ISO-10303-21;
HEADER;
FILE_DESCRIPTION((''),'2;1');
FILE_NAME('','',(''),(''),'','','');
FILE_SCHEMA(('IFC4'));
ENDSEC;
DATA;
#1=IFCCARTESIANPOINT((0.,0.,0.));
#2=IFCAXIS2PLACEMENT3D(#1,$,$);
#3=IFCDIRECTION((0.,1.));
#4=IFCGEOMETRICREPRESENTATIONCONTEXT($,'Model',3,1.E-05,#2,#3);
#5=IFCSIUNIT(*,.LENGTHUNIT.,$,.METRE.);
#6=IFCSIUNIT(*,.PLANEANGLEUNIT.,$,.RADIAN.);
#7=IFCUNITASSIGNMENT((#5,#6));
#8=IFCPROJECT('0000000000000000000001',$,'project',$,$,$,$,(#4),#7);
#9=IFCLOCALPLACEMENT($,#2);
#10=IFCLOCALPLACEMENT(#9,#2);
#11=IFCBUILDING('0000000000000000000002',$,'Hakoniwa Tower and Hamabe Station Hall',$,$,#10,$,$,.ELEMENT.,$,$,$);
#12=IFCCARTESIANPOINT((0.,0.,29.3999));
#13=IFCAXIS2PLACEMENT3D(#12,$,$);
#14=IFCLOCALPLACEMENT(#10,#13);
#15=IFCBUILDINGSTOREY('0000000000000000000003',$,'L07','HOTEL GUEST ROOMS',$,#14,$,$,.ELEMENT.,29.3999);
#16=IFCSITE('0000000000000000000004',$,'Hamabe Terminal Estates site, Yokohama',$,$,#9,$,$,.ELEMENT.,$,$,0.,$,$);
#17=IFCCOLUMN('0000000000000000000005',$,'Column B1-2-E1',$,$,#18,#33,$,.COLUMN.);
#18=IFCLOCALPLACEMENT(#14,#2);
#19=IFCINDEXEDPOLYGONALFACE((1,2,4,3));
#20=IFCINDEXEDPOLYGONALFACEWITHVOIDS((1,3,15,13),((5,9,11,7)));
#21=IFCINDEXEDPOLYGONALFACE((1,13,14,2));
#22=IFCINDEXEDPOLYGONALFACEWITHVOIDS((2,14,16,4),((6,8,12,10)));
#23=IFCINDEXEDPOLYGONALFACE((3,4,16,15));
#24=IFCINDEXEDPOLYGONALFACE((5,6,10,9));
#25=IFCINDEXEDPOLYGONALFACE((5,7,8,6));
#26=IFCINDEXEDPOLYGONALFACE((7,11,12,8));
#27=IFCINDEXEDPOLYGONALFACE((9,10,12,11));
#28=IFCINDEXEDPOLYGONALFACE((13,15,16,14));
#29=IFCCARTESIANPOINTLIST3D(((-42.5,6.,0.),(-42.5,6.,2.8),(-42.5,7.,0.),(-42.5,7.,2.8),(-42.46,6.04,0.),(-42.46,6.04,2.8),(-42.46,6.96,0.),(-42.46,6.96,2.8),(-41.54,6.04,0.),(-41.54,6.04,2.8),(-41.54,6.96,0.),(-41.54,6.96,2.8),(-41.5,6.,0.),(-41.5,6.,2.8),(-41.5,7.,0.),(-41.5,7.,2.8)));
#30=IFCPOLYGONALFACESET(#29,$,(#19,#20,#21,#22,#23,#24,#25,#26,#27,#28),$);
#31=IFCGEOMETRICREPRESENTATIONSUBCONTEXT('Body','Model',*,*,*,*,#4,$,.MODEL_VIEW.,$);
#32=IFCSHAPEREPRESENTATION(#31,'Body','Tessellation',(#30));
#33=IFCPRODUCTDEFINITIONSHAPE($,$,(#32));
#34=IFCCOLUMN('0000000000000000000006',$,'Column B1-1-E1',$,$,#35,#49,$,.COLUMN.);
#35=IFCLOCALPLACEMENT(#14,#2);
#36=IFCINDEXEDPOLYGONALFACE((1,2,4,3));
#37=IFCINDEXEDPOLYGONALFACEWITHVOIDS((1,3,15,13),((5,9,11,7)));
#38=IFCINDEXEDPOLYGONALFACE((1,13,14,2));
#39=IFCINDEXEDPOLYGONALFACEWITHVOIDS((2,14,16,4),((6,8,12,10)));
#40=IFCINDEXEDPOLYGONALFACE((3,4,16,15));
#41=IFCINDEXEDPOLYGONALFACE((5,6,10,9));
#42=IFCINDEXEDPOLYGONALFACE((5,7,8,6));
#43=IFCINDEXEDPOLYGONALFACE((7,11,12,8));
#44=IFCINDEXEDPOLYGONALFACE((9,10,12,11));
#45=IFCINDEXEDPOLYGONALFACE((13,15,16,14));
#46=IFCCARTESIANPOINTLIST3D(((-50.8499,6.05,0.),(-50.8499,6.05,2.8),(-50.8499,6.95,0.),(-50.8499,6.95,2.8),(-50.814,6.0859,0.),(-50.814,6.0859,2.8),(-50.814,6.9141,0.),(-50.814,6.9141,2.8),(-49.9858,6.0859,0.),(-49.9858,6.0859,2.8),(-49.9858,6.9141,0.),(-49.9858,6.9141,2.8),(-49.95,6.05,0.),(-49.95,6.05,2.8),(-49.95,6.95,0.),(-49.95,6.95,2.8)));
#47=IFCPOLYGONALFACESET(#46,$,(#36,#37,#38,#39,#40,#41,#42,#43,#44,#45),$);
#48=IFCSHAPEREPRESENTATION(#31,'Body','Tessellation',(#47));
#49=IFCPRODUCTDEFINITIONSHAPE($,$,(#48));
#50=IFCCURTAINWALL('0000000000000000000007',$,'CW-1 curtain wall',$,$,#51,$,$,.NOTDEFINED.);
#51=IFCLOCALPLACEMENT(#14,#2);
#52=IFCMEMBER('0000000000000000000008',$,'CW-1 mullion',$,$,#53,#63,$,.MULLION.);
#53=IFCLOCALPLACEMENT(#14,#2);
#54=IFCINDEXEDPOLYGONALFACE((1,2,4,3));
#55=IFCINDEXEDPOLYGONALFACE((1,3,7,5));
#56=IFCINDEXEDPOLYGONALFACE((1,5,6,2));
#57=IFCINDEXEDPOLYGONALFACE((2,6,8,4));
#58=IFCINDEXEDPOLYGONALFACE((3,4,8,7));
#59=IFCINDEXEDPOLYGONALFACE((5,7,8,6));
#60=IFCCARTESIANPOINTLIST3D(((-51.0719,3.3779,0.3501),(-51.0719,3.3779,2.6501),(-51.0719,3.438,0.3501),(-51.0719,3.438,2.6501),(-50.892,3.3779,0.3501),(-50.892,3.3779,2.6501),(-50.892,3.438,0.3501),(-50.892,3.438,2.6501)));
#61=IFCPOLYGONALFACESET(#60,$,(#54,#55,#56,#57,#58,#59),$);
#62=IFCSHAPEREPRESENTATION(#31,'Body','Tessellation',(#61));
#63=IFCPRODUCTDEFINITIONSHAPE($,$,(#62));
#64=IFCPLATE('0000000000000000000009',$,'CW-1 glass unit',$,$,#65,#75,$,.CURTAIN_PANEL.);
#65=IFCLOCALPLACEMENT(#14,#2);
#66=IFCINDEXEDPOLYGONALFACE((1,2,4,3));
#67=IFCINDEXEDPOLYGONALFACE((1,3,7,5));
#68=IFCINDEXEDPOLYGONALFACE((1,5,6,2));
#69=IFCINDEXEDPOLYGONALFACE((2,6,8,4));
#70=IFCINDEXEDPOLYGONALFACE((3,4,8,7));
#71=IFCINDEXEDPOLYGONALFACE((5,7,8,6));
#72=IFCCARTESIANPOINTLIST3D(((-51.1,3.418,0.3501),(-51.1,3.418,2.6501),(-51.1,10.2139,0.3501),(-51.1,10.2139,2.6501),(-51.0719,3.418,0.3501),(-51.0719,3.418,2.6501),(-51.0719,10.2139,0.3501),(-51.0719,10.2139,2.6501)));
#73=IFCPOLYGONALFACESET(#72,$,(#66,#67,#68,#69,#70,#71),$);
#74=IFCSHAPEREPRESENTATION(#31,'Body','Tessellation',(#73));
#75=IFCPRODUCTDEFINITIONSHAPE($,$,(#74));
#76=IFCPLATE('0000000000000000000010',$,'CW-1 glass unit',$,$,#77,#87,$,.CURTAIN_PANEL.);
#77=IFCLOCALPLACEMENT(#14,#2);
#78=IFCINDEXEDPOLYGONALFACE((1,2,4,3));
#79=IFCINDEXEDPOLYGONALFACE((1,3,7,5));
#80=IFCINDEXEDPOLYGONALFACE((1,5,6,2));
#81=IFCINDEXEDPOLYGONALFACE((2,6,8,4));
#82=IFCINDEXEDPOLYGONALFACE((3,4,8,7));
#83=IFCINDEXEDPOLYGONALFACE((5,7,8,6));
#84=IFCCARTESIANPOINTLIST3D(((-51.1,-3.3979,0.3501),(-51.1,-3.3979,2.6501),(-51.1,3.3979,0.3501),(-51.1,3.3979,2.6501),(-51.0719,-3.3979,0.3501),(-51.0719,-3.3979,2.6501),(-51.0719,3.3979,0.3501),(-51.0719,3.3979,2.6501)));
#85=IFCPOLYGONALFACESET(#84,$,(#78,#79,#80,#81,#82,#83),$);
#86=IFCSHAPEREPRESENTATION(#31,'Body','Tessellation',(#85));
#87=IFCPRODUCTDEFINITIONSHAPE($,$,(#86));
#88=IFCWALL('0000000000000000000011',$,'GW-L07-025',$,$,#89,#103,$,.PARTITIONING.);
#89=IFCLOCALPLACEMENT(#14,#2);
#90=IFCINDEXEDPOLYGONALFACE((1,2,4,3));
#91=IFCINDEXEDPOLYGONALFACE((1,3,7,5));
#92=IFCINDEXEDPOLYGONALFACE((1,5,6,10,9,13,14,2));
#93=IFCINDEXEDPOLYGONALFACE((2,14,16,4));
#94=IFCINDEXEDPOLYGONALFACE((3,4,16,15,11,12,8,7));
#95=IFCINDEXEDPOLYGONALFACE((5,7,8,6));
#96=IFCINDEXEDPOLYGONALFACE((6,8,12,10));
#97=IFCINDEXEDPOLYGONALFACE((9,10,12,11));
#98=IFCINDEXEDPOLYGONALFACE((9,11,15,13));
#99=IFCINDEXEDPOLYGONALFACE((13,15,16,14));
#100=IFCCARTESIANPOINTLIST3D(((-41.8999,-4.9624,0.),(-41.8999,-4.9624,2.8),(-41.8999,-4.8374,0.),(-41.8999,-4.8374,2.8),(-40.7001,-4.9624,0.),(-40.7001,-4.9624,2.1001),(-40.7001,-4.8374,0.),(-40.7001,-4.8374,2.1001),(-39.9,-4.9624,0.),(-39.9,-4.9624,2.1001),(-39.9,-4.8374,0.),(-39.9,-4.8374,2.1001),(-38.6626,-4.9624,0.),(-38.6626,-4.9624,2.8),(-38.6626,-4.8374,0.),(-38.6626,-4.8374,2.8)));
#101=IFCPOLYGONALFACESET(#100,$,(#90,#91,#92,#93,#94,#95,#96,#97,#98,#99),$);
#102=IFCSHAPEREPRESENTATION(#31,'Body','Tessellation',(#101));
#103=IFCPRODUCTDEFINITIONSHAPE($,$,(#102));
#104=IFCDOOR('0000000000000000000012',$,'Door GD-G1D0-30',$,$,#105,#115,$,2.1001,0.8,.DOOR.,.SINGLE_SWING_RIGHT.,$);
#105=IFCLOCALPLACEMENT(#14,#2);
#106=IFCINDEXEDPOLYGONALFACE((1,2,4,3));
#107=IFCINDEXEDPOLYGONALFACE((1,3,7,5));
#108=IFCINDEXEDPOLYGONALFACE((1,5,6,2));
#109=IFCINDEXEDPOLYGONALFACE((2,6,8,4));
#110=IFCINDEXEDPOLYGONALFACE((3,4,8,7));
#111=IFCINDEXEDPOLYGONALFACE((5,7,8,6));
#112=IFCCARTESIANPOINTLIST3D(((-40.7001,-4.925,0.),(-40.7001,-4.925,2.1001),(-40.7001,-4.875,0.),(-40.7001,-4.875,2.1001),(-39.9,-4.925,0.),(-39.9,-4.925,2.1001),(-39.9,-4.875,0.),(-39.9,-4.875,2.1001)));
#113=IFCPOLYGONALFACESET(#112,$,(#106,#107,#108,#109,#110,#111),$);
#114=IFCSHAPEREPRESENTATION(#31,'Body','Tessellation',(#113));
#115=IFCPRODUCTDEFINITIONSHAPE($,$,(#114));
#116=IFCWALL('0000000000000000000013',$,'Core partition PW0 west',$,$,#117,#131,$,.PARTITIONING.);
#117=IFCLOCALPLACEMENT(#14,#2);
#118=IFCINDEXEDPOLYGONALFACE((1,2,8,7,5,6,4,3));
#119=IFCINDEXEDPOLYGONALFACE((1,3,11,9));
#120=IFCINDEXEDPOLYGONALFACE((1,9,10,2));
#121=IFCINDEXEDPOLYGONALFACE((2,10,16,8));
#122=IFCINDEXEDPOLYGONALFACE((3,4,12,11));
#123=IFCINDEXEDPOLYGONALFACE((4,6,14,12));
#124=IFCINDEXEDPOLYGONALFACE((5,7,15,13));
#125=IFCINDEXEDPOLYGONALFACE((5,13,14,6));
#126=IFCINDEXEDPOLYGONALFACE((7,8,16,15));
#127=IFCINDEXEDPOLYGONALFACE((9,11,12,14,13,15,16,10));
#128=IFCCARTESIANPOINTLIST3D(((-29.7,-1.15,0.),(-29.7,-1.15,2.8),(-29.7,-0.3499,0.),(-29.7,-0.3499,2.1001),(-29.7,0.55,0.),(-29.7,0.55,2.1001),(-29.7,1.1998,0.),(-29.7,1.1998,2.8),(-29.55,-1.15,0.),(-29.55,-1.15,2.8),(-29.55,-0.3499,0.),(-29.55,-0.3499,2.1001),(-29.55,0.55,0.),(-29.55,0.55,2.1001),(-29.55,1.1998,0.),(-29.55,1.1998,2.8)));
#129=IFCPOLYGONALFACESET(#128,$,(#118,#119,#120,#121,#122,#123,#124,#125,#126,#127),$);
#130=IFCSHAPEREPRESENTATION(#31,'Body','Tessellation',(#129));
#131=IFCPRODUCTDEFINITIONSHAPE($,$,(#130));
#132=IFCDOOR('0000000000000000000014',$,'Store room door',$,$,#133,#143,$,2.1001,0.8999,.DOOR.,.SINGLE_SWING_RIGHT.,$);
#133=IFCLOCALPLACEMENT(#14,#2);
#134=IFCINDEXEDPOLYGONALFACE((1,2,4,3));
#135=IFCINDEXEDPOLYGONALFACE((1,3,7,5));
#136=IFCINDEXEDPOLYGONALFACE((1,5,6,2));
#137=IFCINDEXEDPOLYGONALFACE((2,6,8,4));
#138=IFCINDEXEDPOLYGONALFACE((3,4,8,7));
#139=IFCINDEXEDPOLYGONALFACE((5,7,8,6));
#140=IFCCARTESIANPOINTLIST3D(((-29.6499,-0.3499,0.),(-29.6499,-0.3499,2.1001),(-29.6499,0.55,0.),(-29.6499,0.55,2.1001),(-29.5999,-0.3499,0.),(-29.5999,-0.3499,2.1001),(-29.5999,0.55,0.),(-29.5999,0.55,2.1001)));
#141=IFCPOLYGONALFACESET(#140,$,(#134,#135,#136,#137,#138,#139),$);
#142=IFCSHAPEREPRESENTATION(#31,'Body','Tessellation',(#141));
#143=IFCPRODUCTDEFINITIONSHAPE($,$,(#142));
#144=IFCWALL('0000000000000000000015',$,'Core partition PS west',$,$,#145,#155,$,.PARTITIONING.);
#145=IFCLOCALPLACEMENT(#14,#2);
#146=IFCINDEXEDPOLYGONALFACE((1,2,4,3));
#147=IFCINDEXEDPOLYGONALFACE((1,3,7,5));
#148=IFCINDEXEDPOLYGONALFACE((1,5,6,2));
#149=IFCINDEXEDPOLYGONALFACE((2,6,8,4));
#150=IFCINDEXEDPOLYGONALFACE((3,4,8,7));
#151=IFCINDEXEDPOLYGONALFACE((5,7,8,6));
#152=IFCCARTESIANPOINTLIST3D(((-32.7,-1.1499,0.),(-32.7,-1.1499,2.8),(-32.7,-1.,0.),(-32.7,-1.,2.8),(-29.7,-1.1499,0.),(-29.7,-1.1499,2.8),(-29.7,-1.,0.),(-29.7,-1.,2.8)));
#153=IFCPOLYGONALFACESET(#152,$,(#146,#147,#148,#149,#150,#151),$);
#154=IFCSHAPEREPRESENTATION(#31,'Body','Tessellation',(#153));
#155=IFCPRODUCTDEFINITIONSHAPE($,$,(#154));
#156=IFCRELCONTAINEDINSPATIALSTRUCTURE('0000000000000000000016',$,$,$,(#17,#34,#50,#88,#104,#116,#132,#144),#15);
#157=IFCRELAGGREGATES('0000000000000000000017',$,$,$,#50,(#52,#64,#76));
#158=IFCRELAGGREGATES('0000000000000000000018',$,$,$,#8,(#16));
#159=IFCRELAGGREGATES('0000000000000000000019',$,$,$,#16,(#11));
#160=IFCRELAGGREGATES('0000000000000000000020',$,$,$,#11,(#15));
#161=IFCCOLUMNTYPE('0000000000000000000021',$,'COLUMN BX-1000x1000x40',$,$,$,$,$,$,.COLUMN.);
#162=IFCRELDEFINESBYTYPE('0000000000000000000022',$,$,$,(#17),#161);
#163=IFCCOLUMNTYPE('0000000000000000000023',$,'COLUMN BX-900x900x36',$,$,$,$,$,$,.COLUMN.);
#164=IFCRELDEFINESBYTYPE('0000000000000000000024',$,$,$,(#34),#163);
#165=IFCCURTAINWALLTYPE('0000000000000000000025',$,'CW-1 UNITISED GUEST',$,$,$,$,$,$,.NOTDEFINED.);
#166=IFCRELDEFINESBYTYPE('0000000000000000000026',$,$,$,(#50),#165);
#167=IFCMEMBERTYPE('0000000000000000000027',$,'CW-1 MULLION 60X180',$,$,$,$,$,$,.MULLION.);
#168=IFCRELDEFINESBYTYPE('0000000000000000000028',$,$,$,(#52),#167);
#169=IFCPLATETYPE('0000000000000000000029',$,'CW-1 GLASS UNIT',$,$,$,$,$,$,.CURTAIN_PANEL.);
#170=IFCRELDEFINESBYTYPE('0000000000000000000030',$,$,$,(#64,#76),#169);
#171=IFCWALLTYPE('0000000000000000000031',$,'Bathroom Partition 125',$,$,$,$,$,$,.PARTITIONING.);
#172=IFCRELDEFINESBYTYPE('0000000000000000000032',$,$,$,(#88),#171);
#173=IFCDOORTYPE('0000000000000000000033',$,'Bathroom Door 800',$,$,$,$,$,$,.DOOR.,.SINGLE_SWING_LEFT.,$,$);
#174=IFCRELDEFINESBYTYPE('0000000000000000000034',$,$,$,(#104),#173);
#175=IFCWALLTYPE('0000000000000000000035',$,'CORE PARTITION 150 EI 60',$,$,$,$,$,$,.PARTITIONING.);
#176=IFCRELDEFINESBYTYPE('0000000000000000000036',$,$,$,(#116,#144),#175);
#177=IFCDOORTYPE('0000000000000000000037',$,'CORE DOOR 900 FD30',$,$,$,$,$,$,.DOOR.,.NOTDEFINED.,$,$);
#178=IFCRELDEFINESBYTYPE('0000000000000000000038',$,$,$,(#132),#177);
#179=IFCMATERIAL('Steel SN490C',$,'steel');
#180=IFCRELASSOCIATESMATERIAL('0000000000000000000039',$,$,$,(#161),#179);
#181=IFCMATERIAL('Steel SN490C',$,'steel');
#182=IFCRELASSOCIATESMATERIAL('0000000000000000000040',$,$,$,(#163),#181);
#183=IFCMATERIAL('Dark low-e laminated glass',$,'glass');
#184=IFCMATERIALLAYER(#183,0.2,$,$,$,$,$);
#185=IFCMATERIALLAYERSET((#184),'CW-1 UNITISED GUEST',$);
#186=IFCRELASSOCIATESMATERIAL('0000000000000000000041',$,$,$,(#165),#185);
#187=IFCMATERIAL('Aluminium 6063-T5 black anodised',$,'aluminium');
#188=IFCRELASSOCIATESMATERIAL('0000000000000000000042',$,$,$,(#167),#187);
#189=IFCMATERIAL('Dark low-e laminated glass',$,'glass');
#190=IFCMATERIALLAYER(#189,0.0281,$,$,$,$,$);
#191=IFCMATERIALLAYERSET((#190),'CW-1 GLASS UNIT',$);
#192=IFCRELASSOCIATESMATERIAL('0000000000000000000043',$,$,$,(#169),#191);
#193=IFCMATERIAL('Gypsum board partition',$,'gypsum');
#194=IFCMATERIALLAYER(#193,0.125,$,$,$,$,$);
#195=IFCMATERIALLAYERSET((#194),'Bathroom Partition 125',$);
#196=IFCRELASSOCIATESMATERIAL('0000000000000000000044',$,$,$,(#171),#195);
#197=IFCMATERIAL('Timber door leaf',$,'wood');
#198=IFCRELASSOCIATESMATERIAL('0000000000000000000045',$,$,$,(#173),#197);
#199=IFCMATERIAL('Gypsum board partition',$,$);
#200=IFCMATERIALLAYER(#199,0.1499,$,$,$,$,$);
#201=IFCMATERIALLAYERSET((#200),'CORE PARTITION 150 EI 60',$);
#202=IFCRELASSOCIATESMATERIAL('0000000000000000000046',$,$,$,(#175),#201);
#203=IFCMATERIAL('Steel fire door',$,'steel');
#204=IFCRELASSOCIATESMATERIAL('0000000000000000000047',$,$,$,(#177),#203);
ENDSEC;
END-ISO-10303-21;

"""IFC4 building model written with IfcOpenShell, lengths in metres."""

from ifc_helpers import new_model, si_unit, direction, frame, frame_2d, origin, origin_2d, place, context, subcontext, project, spatial, rectangle, hollow_rectangle, extrude, material, layer, layer_set, material_profile, profile_set, type_object, element, fill, aggregate, save


model = new_model("IFC4")

# Units and contexts
model_context = context("Model", 3, precision=1e-05, world=origin(), true_north=direction((0.0, 1.0)))
body_context = subcontext(model_context, "Body", "Model", "MODEL_VIEW")
ifc_project = project(units=[si_unit("LENGTHUNIT", "METRE"), si_unit("PLANEANGLEUNIT", "RADIAN")], contexts=[model_context])

# Site, building, storey
site_placement = place(None, origin())
site = spatial("IfcSite", under=ifc_project, at=site_placement, Name="Hamabe Terminal Estates site, Yokohama", CompositionType="ELEMENT", RefElevation=0.0)
building_placement = place(site_placement, origin())
building = spatial("IfcBuilding", under=site, at=building_placement, Name="Hakoniwa Tower and Hamabe Station Hall", CompositionType="ELEMENT")
storey_placement = place(building_placement, frame((0.0, 0.0, 29.3999)))
storey = spatial("IfcBuildingStorey", under=building, at=storey_placement, Name="L07", Description="HOTEL GUEST ROOMS", CompositionType="ELEMENT", Elevation=29.3999)

# Columns
ifc_material_1 = material(Name="Steel SN490C", Category="steel")
ifc_material_profile_1 = material_profile(ifc_material_1, hollow_rectangle(XDim=1.0, YDim=1.0, WallThickness=0.04, at=origin_2d()), Name="BX-1000x1000x40")
ifc_profile_set_1 = profile_set([ifc_material_profile_1], Name="Steel SN490C")
column_type_1 = type_object("IfcColumnType", Name="COLUMN BX-1000x1000x40", PredefinedType="COLUMN", material=ifc_profile_set_1)
column_1_placement = place(storey_placement, frame((-42.0, 6.5, 0.0), z_axis=(0.0, 0.0, 1.0), x_axis=(1.0, 0.0, 0.0)))
element("IfcColumn", 1, at=column_1_placement, inside=storey, type_object=column_type_1, Name="Column B1-2-E1", PredefinedType="COLUMN", context=body_context, shape_type="SweptSolid", body=[
    extrude(hollow_rectangle(XDim=1.0, YDim=1.0, WallThickness=0.04, at=origin_2d()), origin(), (0.0, 0.0, 1.0), 2.8),
])
ifc_material_2 = material(Name="Steel SN490C", Category="steel")
ifc_material_profile_2 = material_profile(ifc_material_2, hollow_rectangle(XDim=0.8999, YDim=0.8999, WallThickness=0.0359, at=origin_2d()), Name="BX-900x900x36")
ifc_profile_set_2 = profile_set([ifc_material_profile_2], Name="Steel SN490C")
column_type_2 = type_object("IfcColumnType", Name="COLUMN BX-900x900x36", PredefinedType="COLUMN", material=ifc_profile_set_2)
column_2_placement = place(storey_placement, frame((-50.3999, 6.5, 0.0), z_axis=(0.0, 0.0, 1.0), x_axis=(1.0, 0.0, 0.0)))
element("IfcColumn", 2, at=column_2_placement, inside=storey, type_object=column_type_2, Name="Column B1-1-E1", PredefinedType="COLUMN", context=body_context, shape_type="SweptSolid", body=[
    extrude(hollow_rectangle(XDim=0.8999, YDim=0.8999, WallThickness=0.0359, at=origin_2d()), origin(), (0.0, 0.0, 1.0), 2.8),
])

# Curtain wall, member, plates
ifc_material_3 = material(Name="Dark low-e laminated glass", Category="glass")
ifc_layer_1 = layer(ifc_material_3, 0.2)
ifc_layer_set_1 = layer_set([ifc_layer_1], Name="CW-1 UNITISED GUEST")
curtain_wall_type = type_object("IfcCurtainWallType", Name="CW-1 UNITISED GUEST", PredefinedType="NOTDEFINED", material=ifc_layer_set_1)
curtain_wall_placement = place(storey_placement, origin())
curtain_wall = element("IfcCurtainWall", 3, at=curtain_wall_placement, inside=storey, type_object=curtain_wall_type, Name="CW-1 curtain wall", PredefinedType="NOTDEFINED")
ifc_material_4 = material(Name="Aluminium 6063-T5 black anodised", Category="aluminium")
ifc_material_profile_3 = material_profile(ifc_material_4, rectangle(XDim=0.0601, YDim=0.1799, at=origin_2d()), Name="CW-1 MULLION 60X180")
ifc_profile_set_3 = profile_set([ifc_material_profile_3], Name="Aluminium 6063-T5 black anodised")
member_type = type_object("IfcMemberType", Name="CW-1 MULLION 60X180", PredefinedType="MULLION", material=ifc_profile_set_3)
member_placement = place(storey_placement, frame((-50.9819, 3.408, 0.3501), z_axis=(0.0, 0.0, 1.0), x_axis=(0.0, -1.0, 0.0)))
member = element("IfcMember", 4, at=member_placement, type_object=member_type, Name="CW-1 mullion", PredefinedType="MULLION", context=body_context, shape_type="SweptSolid", body=[
    extrude(rectangle(XDim=0.0601, YDim=0.1799, at=origin_2d()), origin(), (0.0, 0.0, 1.0), 2.3),
])
ifc_material_5 = material(Name="Dark low-e laminated glass", Category="glass")
ifc_layer_2 = layer(ifc_material_5, 0.0281)
ifc_layer_set_2 = layer_set([ifc_layer_2], Name="CW-1 GLASS UNIT")
plate_type = type_object("IfcPlateType", Name="CW-1 GLASS UNIT", PredefinedType="CURTAIN_PANEL", material=ifc_layer_set_2)
plate_1_placement = place(storey_placement, frame((-51.0859, 6.8159, 0.3501), z_axis=(0.0, 0.0, 1.0), x_axis=(0.0, -1.0, 0.0)))
plate_1 = element("IfcPlate", 5, at=plate_1_placement, type_object=plate_type, Name="CW-1 glass unit", PredefinedType="CURTAIN_PANEL", context=body_context, shape_type="SweptSolid", body=[
    extrude(rectangle(XDim=6.7959, YDim=0.0281, at=origin_2d()), origin(), (0.0, 0.0, 1.0), 2.3),
])
plate_2_placement = place(storey_placement, frame((-51.0859, 0.0, 0.3501), z_axis=(0.0, 0.0, 1.0), x_axis=(0.0, -1.0, 0.0)))
plate_2 = element("IfcPlate", 6, at=plate_2_placement, type_object=plate_type, Name="CW-1 glass unit", PredefinedType="CURTAIN_PANEL", context=body_context, shape_type="SweptSolid", body=[
    extrude(rectangle(XDim=6.7959, YDim=0.0281, at=origin_2d()), origin(), (0.0, 0.0, 1.0), 2.3),
])
aggregate(curtain_wall, [member, plate_1, plate_2])

# Walls, openings, doors
ifc_material_6 = material(Name="Gypsum board partition", Category="gypsum")
ifc_layer_3 = layer(ifc_material_6, 0.125)
ifc_layer_set_3 = layer_set([ifc_layer_3], Name="Bathroom Partition 125")
wall_type_1 = type_object("IfcWallType", Name="Bathroom Partition 125", PredefinedType="PARTITIONING", material=ifc_layer_set_3)
wall_1_placement = place(storey_placement, frame((-41.8999, -4.8999, 0.0), z_axis=(0.0, 0.0, 1.0), x_axis=(1.0, 0.0, 0.0)))
wall_1 = element("IfcWall", 7, at=wall_1_placement, inside=storey, type_object=wall_type_1, Name="GW-L07-025", PredefinedType="PARTITIONING", context=body_context, shape_type="SweptSolid", body=[
    extrude(rectangle(XDim=3.2373, YDim=0.125, at=frame_2d((1.6187, 0.0))), origin(), (0.0, 0.0, 1.0), 2.8),
])
opening_1_placement = place(wall_1_placement, frame((1.2, 0.0, 0.0)))
opening_1 = element("IfcOpeningElement", 8, at=opening_1_placement, cuts=wall_1, PredefinedType="OPENING", context=body_context, shape_type="SweptSolid", body=[
    extrude(rectangle(XDim=0.8, YDim=2.1001, at=frame_2d((0.3999, 1.05))), frame((0.0, 0.0725, 0.0), z_axis=(0.0, -1.0, 0.0), x_axis=(1.0, 0.0, 0.0)), (0.0, 0.0, 1.0), 0.145),
])
ifc_material_7 = material(Name="Timber door leaf", Category="wood")
door_type_1 = type_object("IfcDoorType", Name="Bathroom Door 800", OperationType="SINGLE_SWING_LEFT", PredefinedType="DOOR", material=ifc_material_7)
door_1_placement = place(opening_1_placement, origin())
door_1 = element("IfcDoor", 9, at=door_1_placement, inside=storey, type_object=door_type_1, Name="Door GD-G1D0-30", OperationType="SINGLE_SWING_RIGHT", OverallHeight=2.1001, OverallWidth=0.8, PredefinedType="DOOR", context=body_context, shape_type="SweptSolid", body=[
    extrude(rectangle(XDim=0.8, YDim=2.1001, at=frame_2d((0.3999, 1.05))), frame((0.0, 0.0249, 0.0), z_axis=(0.0, -1.0, 0.0), x_axis=(1.0, 0.0, 0.0)), (0.0, 0.0, 1.0), 0.05),
])
fill(opening_1, door_1)
ifc_material_8 = material(Name="Gypsum board partition")
ifc_layer_4 = layer(ifc_material_8, 0.1499)
ifc_layer_set_4 = layer_set([ifc_layer_4], Name="CORE PARTITION 150 EI 60")
wall_type_2 = type_object("IfcWallType", Name="CORE PARTITION 150 EI 60", PredefinedType="PARTITIONING", material=ifc_layer_set_4)
wall_2_placement = place(storey_placement, frame((-29.625, -1.1499, 0.0), z_axis=(0.0, 0.0, 1.0), x_axis=(0.0, 1.0, 0.0)))
wall_2 = element("IfcWall", 10, at=wall_2_placement, inside=storey, type_object=wall_type_2, Name="Core partition PW0 west", PredefinedType="PARTITIONING", context=body_context, shape_type="SweptSolid", body=[
    extrude(rectangle(XDim=2.3499, YDim=0.1499, at=frame_2d((1.1748, 0.0))), origin(), (0.0, 0.0, 1.0), 2.8),
])
opening_2_placement = place(wall_2_placement, frame((0.8, 0.0, 0.0)))
opening_2 = element("IfcOpeningElement", 11, at=opening_2_placement, cuts=wall_2, PredefinedType="OPENING", context=body_context, shape_type="SweptSolid", body=[
    extrude(rectangle(XDim=0.8999, YDim=2.1001, at=frame_2d((0.45, 1.05))), frame((0.0, 0.085, 0.0), z_axis=(0.0, -1.0, 0.0), x_axis=(1.0, 0.0, 0.0)), (0.0, 0.0, 1.0), 0.1699),
])
ifc_material_9 = material(Name="Steel fire door", Category="steel")
door_type_2 = type_object("IfcDoorType", Name="CORE DOOR 900 FD30", OperationType="NOTDEFINED", PredefinedType="DOOR", material=ifc_material_9)
door_2_placement = place(opening_2_placement, origin())
door_2 = element("IfcDoor", 12, at=door_2_placement, inside=storey, type_object=door_type_2, Name="Store room door", OperationType="SINGLE_SWING_RIGHT", OverallHeight=2.1001, OverallWidth=0.8999, PredefinedType="DOOR", context=body_context, shape_type="SweptSolid", body=[
    extrude(rectangle(XDim=0.8999, YDim=2.1001, at=frame_2d((0.45, 1.05))), frame((0.0, 0.0249, 0.0), z_axis=(0.0, -1.0, 0.0), x_axis=(1.0, 0.0, 0.0)), (0.0, 0.0, 1.0), 0.05),
])
fill(opening_2, door_2)

# Wall
wall_3_placement = place(storey_placement, frame((-32.7, -1.075, 0.0), z_axis=(0.0, 0.0, 1.0), x_axis=(1.0, 0.0, 0.0)))
element("IfcWall", 13, at=wall_3_placement, inside=storey, type_object=wall_type_2, Name="Core partition PS west", PredefinedType="PARTITIONING", context=body_context, shape_type="SweptSolid", body=[
    extrude(rectangle(XDim=3.0, YDim=0.1499, at=frame_2d((1.5, 0.0))), origin(), (0.0, 0.0, 1.0), 2.8),
])

save(model, "model.ifc")
